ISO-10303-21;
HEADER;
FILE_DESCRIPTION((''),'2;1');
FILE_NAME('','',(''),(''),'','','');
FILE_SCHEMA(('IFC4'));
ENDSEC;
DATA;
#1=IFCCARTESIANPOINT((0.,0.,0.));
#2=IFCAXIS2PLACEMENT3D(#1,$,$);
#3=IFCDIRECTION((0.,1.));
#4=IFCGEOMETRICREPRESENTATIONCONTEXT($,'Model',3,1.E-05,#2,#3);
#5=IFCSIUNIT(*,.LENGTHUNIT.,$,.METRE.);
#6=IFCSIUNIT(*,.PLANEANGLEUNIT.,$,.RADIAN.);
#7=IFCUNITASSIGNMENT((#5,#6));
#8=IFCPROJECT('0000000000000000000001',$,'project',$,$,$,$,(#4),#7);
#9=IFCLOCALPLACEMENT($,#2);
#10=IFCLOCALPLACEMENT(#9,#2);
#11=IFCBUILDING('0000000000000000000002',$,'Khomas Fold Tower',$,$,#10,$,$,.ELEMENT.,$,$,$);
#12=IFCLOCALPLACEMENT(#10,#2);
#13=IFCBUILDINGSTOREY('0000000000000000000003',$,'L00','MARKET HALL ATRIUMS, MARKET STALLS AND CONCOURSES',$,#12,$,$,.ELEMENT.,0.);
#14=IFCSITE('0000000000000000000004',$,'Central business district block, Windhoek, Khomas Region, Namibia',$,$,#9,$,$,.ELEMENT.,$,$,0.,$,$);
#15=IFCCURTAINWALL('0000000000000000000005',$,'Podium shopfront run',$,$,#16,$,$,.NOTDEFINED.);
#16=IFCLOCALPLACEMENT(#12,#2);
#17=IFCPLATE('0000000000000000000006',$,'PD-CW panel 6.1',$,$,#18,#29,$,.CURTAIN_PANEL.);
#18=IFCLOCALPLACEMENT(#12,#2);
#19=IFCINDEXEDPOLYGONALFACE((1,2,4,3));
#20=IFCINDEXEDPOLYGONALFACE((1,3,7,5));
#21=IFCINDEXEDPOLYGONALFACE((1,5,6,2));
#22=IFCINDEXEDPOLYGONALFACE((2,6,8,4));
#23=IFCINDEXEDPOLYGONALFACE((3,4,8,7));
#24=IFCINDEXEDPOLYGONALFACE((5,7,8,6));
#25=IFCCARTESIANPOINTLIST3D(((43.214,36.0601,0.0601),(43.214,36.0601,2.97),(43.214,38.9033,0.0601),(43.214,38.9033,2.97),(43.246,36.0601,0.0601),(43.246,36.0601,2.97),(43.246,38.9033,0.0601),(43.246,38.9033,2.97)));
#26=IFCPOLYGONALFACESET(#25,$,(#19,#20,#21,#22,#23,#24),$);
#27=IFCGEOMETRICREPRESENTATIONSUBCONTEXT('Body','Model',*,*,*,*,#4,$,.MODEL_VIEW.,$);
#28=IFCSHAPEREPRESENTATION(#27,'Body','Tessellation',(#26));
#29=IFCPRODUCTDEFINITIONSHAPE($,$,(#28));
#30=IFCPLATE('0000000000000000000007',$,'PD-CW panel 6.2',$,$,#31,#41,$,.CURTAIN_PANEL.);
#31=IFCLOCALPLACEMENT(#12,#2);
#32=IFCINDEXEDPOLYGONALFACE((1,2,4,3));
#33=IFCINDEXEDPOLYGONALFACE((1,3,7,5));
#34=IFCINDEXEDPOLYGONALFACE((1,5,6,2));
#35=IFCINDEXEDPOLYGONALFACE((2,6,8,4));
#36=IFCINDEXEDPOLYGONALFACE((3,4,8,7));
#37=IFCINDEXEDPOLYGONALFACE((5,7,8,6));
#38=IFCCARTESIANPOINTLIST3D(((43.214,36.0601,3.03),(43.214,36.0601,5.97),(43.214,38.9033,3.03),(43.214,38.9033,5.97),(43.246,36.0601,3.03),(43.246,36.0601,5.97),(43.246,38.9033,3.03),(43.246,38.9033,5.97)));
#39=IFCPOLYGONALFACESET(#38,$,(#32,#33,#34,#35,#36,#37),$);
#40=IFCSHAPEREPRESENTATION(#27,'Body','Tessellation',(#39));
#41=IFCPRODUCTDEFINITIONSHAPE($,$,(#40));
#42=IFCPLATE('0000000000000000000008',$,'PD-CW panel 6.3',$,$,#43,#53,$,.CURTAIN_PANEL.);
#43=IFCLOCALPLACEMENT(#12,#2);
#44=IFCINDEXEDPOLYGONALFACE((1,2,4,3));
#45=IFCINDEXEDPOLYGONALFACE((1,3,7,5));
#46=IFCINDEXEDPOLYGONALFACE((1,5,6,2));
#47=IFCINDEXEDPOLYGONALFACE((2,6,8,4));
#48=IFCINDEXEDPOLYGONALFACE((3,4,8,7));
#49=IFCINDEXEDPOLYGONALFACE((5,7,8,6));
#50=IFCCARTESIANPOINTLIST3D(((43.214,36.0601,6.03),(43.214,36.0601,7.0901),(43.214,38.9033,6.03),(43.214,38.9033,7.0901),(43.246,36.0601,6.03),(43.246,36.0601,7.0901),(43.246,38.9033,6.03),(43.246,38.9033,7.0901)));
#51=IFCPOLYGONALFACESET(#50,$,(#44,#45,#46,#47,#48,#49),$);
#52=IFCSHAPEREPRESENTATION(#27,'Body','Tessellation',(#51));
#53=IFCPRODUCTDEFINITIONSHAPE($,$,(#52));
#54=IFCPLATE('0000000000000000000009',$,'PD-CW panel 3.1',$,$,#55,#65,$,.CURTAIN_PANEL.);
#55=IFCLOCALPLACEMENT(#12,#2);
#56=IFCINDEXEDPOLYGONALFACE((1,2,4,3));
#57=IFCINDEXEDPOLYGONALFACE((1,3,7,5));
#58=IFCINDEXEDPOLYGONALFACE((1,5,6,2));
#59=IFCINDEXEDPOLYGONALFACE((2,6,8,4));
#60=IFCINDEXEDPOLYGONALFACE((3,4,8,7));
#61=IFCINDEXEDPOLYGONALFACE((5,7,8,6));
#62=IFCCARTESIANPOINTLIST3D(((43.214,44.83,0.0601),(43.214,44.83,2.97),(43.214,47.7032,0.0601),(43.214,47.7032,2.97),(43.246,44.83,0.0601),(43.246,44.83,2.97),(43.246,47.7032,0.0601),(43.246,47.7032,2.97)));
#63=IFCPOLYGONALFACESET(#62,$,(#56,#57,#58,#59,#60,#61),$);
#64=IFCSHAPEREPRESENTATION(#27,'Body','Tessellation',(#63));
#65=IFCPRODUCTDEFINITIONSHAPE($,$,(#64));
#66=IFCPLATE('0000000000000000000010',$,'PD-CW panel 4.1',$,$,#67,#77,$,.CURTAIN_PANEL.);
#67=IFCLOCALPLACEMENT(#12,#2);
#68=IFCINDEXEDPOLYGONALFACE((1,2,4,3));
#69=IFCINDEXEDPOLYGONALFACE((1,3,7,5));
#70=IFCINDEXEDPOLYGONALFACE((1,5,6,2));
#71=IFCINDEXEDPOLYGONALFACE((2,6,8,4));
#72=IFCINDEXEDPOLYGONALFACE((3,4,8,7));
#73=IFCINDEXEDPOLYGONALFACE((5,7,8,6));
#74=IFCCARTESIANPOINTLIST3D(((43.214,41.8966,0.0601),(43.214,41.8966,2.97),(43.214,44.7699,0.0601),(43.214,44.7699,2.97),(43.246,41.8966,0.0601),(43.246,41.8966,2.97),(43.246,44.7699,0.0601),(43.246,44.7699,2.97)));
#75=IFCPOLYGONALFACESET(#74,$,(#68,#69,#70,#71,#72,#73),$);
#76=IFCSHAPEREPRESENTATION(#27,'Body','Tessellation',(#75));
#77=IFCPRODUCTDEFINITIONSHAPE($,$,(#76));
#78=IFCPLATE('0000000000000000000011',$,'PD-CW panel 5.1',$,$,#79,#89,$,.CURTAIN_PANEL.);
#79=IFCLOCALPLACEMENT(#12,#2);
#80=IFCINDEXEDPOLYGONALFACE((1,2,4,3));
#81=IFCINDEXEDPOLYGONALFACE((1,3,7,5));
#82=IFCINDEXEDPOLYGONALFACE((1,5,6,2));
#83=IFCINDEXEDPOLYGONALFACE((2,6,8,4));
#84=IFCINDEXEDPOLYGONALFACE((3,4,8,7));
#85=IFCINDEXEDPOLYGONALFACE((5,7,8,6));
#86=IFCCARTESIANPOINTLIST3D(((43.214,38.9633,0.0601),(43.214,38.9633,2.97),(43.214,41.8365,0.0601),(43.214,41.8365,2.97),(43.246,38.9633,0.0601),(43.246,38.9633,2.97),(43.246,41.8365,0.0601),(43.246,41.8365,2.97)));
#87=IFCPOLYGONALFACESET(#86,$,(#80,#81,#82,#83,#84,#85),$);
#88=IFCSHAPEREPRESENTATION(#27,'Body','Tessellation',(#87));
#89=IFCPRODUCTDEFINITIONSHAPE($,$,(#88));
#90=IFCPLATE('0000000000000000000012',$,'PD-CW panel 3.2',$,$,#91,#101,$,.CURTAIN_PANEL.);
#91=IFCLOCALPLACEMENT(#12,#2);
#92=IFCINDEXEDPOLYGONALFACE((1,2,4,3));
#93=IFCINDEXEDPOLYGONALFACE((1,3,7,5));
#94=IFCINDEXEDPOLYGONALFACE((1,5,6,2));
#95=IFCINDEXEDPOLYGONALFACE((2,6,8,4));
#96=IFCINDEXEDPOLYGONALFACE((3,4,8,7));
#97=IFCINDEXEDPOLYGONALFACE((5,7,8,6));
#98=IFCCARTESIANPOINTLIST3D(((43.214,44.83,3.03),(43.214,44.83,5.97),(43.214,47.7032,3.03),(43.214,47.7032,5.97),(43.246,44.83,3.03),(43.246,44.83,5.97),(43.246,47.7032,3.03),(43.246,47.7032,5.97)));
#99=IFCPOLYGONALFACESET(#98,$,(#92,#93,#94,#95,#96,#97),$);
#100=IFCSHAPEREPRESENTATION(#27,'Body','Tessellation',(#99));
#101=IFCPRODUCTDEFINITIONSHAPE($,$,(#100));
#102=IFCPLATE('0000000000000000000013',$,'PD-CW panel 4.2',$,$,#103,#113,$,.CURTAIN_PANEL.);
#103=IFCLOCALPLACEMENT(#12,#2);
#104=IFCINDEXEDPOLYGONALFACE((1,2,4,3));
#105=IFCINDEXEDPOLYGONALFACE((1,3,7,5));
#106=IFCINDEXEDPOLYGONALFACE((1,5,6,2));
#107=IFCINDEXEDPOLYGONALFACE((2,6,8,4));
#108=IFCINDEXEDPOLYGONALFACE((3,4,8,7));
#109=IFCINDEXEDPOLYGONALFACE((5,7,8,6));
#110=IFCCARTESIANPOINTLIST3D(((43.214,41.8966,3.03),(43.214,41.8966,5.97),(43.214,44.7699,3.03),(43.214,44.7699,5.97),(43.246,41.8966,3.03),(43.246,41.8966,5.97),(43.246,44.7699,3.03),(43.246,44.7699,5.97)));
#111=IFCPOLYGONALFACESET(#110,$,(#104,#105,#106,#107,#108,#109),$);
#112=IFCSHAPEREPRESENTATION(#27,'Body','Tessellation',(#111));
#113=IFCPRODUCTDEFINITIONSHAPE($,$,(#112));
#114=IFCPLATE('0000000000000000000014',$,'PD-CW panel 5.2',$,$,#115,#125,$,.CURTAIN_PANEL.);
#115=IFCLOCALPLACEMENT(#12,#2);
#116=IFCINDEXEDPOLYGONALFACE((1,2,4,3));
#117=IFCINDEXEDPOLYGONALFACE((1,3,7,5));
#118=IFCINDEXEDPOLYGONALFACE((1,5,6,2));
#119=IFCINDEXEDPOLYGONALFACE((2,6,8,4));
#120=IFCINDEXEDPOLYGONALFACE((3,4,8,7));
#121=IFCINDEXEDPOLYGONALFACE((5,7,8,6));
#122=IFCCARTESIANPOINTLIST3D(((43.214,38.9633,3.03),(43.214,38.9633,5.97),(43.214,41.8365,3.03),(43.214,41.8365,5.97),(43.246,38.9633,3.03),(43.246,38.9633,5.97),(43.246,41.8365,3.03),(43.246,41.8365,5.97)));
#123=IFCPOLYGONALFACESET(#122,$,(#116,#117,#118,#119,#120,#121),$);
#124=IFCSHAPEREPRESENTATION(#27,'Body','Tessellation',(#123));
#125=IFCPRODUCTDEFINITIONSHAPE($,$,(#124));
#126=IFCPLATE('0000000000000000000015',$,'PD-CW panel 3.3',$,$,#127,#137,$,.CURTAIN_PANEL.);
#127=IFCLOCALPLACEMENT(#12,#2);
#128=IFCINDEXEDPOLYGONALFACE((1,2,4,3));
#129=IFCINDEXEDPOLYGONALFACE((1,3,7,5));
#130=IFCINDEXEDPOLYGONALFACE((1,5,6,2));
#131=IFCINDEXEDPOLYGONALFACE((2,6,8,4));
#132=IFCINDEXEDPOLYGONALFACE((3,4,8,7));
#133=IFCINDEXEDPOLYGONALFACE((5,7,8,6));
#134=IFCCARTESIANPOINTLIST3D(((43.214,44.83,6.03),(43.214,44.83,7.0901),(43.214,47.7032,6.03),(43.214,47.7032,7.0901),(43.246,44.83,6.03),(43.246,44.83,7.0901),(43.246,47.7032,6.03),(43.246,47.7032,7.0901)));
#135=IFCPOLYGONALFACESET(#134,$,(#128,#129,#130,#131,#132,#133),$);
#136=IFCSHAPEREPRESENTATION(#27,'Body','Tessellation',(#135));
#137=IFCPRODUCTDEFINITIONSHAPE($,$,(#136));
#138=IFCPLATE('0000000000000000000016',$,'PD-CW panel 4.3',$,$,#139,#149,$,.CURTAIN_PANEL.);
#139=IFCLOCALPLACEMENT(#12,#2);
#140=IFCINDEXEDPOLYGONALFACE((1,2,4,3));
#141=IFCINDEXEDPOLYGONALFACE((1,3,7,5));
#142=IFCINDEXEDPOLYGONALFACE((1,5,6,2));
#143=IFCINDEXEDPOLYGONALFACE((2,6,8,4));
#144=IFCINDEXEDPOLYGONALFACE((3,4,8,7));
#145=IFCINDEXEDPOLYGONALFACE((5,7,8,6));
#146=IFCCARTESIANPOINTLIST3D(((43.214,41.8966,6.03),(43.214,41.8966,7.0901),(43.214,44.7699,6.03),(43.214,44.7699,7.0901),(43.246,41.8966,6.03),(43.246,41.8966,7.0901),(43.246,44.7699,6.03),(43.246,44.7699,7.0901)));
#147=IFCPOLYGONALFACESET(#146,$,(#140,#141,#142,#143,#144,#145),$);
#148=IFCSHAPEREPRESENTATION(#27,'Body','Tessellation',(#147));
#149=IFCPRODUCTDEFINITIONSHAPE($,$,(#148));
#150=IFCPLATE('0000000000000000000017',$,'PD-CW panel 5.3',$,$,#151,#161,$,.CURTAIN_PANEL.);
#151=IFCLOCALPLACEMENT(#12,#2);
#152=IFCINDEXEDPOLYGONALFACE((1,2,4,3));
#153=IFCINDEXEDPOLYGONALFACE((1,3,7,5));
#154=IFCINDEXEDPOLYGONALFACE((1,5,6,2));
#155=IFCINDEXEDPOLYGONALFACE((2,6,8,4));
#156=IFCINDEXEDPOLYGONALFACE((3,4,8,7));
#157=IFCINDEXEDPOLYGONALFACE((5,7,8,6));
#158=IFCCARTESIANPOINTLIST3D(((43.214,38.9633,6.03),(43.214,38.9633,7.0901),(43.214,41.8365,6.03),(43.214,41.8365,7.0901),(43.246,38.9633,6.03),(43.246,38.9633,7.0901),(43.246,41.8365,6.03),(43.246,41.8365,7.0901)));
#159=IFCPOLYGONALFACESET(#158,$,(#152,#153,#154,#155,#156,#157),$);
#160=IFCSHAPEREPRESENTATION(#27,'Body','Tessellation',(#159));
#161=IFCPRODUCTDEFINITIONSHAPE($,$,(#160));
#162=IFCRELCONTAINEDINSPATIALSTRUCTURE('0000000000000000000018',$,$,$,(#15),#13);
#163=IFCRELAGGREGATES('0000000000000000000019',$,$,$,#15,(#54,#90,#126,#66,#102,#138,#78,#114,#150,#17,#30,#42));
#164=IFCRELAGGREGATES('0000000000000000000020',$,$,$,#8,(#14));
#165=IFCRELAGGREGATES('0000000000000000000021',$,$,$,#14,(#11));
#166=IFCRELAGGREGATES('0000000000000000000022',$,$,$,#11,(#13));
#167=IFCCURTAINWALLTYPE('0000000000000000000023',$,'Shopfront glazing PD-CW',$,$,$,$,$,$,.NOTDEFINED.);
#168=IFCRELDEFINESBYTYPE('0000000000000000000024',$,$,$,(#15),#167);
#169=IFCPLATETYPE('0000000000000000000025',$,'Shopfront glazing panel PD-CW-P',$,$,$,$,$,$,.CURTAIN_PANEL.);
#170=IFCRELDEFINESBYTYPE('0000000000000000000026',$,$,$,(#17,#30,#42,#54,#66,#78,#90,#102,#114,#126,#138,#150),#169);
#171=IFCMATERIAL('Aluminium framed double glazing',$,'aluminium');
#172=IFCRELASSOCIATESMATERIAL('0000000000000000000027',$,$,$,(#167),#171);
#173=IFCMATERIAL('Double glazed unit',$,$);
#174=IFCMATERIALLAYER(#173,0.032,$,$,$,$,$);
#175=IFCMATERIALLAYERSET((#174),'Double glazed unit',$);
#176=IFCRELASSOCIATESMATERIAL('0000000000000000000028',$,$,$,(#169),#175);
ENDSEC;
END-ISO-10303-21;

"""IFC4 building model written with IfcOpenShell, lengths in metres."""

from ifc_helpers import new_model, si_unit, direction, frame, origin, origin_2d, place, context, subcontext, project, spatial, rectangle, extrude, source, transform, mapped, material, layer, layer_set, type_object, element, aggregate, save


model = new_model("IFC4")

# Units and contexts
model_context = context("Model", 3, precision=1e-05, world=origin(), true_north=direction((0.0, 1.0)))
body_context = subcontext(model_context, "Body", "Model", "MODEL_VIEW")
ifc_project = project(units=[si_unit("LENGTHUNIT", "METRE"), si_unit("PLANEANGLEUNIT", "RADIAN")], contexts=[model_context])

# Site, building, storey
site_placement = place(None, origin())
site = spatial("IfcSite", under=ifc_project, at=site_placement, Name="Central business district block, Windhoek, Khomas Region, Namibia", CompositionType="ELEMENT", RefElevation=0.0)
building_placement = place(site_placement, origin())
building = spatial("IfcBuilding", under=site, at=building_placement, Name="Khomas Fold Tower", CompositionType="ELEMENT")
storey_placement = place(building_placement, origin())
storey = spatial("IfcBuildingStorey", under=building, at=storey_placement, Name="L00", Description="MARKET HALL ATRIUMS, MARKET STALLS AND CONCOURSES", CompositionType="ELEMENT", Elevation=0.0)

# Curtain wall
ifc_material_1 = material(Name="Aluminium framed double glazing", Category="aluminium")
curtain_wall_type = type_object("IfcCurtainWallType", Name="Shopfront glazing PD-CW", PredefinedType="NOTDEFINED", material=ifc_material_1)
curtain_wall_1_placement = place(storey_placement, origin())
curtain_wall_1 = element("IfcCurtainWall", 1, at=curtain_wall_1_placement, inside=storey, type_object=curtain_wall_type, Name="Podium shopfront run", PredefinedType="NOTDEFINED")

# Plates
ifc_material_2 = material(Name="Double glazed unit")
ifc_layer_1 = layer(ifc_material_2, 0.032)
ifc_layer_set_1 = layer_set([ifc_layer_1], Name="Double glazed unit")
plate_type = type_object("IfcPlateType", Name="Shopfront glazing panel PD-CW-P", PredefinedType="CURTAIN_PANEL", material=ifc_layer_set_1)
shared_shape_1 = source(origin(), body_context, "Body", "SweptSolid", [
    extrude(rectangle(XDim=2.8433, YDim=0.032, at=origin_2d()), origin(), (0.0, 0.0, 1.0), 2.9099),
])
plate_1_placement = place(storey_placement, frame((43.23, 37.4817, 0.0601), z_axis=(0.0, 0.0, 1.0), x_axis=(0.0, -1.0, 0.0)))
plate_1 = element("IfcPlate", 2, at=plate_1_placement, type_object=plate_type, Name="PD-CW panel 6.1", PredefinedType="CURTAIN_PANEL", context=body_context, shape_type="MappedRepresentation", body=[
    mapped(shared_shape_1, transform((0.0, 0.0, 0.0))),
])
shared_shape_2 = source(origin(), body_context, "Body", "SweptSolid", [
    extrude(rectangle(XDim=2.8433, YDim=0.032, at=origin_2d()), origin(), (0.0, 0.0, 1.0), 2.9399),
])
plate_2_placement = place(storey_placement, frame((43.23, 37.4817, 3.03), z_axis=(0.0, 0.0, 1.0), x_axis=(0.0, -1.0, 0.0)))
plate_2 = element("IfcPlate", 3, at=plate_2_placement, type_object=plate_type, Name="PD-CW panel 6.2", PredefinedType="CURTAIN_PANEL", context=body_context, shape_type="MappedRepresentation", body=[
    mapped(shared_shape_2, transform((0.0, 0.0, 0.0))),
])
shared_shape_3 = source(origin(), body_context, "Body", "SweptSolid", [
    extrude(rectangle(XDim=2.8433, YDim=0.032, at=origin_2d()), origin(), (0.0, 0.0, 1.0), 1.0601),
])
plate_3_placement = place(storey_placement, frame((43.23, 37.4817, 6.03), z_axis=(0.0, 0.0, 1.0), x_axis=(0.0, -1.0, 0.0)))
plate_3 = element("IfcPlate", 4, at=plate_3_placement, type_object=plate_type, Name="PD-CW panel 6.3", PredefinedType="CURTAIN_PANEL", context=body_context, shape_type="MappedRepresentation", body=[
    mapped(shared_shape_3, transform((0.0, 0.0, 0.0))),
])
shared_shape_4 = source(origin(), body_context, "Body", "SweptSolid", [
    extrude(rectangle(XDim=2.8733, YDim=0.032, at=origin_2d()), origin(), (0.0, 0.0, 1.0), 2.9099),
])
plate_4_placement = place(storey_placement, frame((43.23, 46.2666, 0.0601), z_axis=(0.0, 0.0, 1.0), x_axis=(0.0, -1.0, 0.0)))
plate_4 = element("IfcPlate", 5, at=plate_4_placement, type_object=plate_type, Name="PD-CW panel 3.1", PredefinedType="CURTAIN_PANEL", context=body_context, shape_type="MappedRepresentation", body=[
    mapped(shared_shape_4, transform((0.0, 0.0, 0.0))),
])
plate_5_placement = place(storey_placement, frame((43.23, 43.3333, 0.0601), z_axis=(0.0, 0.0, 1.0), x_axis=(0.0, -1.0, 0.0)))
plate_5 = element("IfcPlate", 6, at=plate_5_placement, type_object=plate_type, Name="PD-CW panel 4.1", PredefinedType="CURTAIN_PANEL", context=body_context, shape_type="MappedRepresentation", body=[
    mapped(shared_shape_4, transform((0.0, 0.0, 0.0))),
])
plate_6_placement = place(storey_placement, frame((43.23, 40.3999, 0.0601), z_axis=(0.0, 0.0, 1.0), x_axis=(0.0, -1.0, 0.0)))
plate_6 = element("IfcPlate", 7, at=plate_6_placement, type_object=plate_type, Name="PD-CW panel 5.1", PredefinedType="CURTAIN_PANEL", context=body_context, shape_type="MappedRepresentation", body=[
    mapped(shared_shape_4, transform((0.0, 0.0, 0.0))),
])
shared_shape_5 = source(origin(), body_context, "Body", "SweptSolid", [
    extrude(rectangle(XDim=2.8733, YDim=0.032, at=origin_2d()), origin(), (0.0, 0.0, 1.0), 2.9399),
])
plate_7_placement = place(storey_placement, frame((43.23, 46.2666, 3.03), z_axis=(0.0, 0.0, 1.0), x_axis=(0.0, -1.0, 0.0)))
plate_7 = element("IfcPlate", 8, at=plate_7_placement, type_object=plate_type, Name="PD-CW panel 3.2", PredefinedType="CURTAIN_PANEL", context=body_context, shape_type="MappedRepresentation", body=[
    mapped(shared_shape_5, transform((0.0, 0.0, 0.0))),
])
plate_8_placement = place(storey_placement, frame((43.23, 43.3333, 3.03), z_axis=(0.0, 0.0, 1.0), x_axis=(0.0, -1.0, 0.0)))
plate_8 = element("IfcPlate", 9, at=plate_8_placement, type_object=plate_type, Name="PD-CW panel 4.2", PredefinedType="CURTAIN_PANEL", context=body_context, shape_type="MappedRepresentation", body=[
    mapped(shared_shape_5, transform((0.0, 0.0, 0.0))),
])
plate_9_placement = place(storey_placement, frame((43.23, 40.3999, 3.03), z_axis=(0.0, 0.0, 1.0), x_axis=(0.0, -1.0, 0.0)))
plate_9 = element("IfcPlate", 10, at=plate_9_placement, type_object=plate_type, Name="PD-CW panel 5.2", PredefinedType="CURTAIN_PANEL", context=body_context, shape_type="MappedRepresentation", body=[
    mapped(shared_shape_5, transform((0.0, 0.0, 0.0))),
])
shared_shape_6 = source(origin(), body_context, "Body", "SweptSolid", [
    extrude(rectangle(XDim=2.8733, YDim=0.032, at=origin_2d()), origin(), (0.0, 0.0, 1.0), 1.0601),
])
plate_10_placement = place(storey_placement, frame((43.23, 46.2666, 6.03), z_axis=(0.0, 0.0, 1.0), x_axis=(0.0, -1.0, 0.0)))
plate_10 = element("IfcPlate", 11, at=plate_10_placement, type_object=plate_type, Name="PD-CW panel 3.3", PredefinedType="CURTAIN_PANEL", context=body_context, shape_type="MappedRepresentation", body=[
    mapped(shared_shape_6, transform((0.0, 0.0, 0.0))),
])
plate_11_placement = place(storey_placement, frame((43.23, 43.3333, 6.03), z_axis=(0.0, 0.0, 1.0), x_axis=(0.0, -1.0, 0.0)))
plate_11 = element("IfcPlate", 12, at=plate_11_placement, type_object=plate_type, Name="PD-CW panel 4.3", PredefinedType="CURTAIN_PANEL", context=body_context, shape_type="MappedRepresentation", body=[
    mapped(shared_shape_6, transform((0.0, 0.0, 0.0))),
])
plate_12_placement = place(storey_placement, frame((43.23, 40.3999, 6.03), z_axis=(0.0, 0.0, 1.0), x_axis=(0.0, -1.0, 0.0)))
plate_12 = element("IfcPlate", 13, at=plate_12_placement, type_object=plate_type, Name="PD-CW panel 5.3", PredefinedType="CURTAIN_PANEL", context=body_context, shape_type="MappedRepresentation", body=[
    mapped(shared_shape_6, transform((0.0, 0.0, 0.0))),
])
aggregate(curtain_wall_1, [plate_4, plate_7, plate_10, plate_5, plate_8, plate_11, plate_6, plate_9, plate_12, plate_1, plate_2, plate_3])

save(model, "model.ifc")
